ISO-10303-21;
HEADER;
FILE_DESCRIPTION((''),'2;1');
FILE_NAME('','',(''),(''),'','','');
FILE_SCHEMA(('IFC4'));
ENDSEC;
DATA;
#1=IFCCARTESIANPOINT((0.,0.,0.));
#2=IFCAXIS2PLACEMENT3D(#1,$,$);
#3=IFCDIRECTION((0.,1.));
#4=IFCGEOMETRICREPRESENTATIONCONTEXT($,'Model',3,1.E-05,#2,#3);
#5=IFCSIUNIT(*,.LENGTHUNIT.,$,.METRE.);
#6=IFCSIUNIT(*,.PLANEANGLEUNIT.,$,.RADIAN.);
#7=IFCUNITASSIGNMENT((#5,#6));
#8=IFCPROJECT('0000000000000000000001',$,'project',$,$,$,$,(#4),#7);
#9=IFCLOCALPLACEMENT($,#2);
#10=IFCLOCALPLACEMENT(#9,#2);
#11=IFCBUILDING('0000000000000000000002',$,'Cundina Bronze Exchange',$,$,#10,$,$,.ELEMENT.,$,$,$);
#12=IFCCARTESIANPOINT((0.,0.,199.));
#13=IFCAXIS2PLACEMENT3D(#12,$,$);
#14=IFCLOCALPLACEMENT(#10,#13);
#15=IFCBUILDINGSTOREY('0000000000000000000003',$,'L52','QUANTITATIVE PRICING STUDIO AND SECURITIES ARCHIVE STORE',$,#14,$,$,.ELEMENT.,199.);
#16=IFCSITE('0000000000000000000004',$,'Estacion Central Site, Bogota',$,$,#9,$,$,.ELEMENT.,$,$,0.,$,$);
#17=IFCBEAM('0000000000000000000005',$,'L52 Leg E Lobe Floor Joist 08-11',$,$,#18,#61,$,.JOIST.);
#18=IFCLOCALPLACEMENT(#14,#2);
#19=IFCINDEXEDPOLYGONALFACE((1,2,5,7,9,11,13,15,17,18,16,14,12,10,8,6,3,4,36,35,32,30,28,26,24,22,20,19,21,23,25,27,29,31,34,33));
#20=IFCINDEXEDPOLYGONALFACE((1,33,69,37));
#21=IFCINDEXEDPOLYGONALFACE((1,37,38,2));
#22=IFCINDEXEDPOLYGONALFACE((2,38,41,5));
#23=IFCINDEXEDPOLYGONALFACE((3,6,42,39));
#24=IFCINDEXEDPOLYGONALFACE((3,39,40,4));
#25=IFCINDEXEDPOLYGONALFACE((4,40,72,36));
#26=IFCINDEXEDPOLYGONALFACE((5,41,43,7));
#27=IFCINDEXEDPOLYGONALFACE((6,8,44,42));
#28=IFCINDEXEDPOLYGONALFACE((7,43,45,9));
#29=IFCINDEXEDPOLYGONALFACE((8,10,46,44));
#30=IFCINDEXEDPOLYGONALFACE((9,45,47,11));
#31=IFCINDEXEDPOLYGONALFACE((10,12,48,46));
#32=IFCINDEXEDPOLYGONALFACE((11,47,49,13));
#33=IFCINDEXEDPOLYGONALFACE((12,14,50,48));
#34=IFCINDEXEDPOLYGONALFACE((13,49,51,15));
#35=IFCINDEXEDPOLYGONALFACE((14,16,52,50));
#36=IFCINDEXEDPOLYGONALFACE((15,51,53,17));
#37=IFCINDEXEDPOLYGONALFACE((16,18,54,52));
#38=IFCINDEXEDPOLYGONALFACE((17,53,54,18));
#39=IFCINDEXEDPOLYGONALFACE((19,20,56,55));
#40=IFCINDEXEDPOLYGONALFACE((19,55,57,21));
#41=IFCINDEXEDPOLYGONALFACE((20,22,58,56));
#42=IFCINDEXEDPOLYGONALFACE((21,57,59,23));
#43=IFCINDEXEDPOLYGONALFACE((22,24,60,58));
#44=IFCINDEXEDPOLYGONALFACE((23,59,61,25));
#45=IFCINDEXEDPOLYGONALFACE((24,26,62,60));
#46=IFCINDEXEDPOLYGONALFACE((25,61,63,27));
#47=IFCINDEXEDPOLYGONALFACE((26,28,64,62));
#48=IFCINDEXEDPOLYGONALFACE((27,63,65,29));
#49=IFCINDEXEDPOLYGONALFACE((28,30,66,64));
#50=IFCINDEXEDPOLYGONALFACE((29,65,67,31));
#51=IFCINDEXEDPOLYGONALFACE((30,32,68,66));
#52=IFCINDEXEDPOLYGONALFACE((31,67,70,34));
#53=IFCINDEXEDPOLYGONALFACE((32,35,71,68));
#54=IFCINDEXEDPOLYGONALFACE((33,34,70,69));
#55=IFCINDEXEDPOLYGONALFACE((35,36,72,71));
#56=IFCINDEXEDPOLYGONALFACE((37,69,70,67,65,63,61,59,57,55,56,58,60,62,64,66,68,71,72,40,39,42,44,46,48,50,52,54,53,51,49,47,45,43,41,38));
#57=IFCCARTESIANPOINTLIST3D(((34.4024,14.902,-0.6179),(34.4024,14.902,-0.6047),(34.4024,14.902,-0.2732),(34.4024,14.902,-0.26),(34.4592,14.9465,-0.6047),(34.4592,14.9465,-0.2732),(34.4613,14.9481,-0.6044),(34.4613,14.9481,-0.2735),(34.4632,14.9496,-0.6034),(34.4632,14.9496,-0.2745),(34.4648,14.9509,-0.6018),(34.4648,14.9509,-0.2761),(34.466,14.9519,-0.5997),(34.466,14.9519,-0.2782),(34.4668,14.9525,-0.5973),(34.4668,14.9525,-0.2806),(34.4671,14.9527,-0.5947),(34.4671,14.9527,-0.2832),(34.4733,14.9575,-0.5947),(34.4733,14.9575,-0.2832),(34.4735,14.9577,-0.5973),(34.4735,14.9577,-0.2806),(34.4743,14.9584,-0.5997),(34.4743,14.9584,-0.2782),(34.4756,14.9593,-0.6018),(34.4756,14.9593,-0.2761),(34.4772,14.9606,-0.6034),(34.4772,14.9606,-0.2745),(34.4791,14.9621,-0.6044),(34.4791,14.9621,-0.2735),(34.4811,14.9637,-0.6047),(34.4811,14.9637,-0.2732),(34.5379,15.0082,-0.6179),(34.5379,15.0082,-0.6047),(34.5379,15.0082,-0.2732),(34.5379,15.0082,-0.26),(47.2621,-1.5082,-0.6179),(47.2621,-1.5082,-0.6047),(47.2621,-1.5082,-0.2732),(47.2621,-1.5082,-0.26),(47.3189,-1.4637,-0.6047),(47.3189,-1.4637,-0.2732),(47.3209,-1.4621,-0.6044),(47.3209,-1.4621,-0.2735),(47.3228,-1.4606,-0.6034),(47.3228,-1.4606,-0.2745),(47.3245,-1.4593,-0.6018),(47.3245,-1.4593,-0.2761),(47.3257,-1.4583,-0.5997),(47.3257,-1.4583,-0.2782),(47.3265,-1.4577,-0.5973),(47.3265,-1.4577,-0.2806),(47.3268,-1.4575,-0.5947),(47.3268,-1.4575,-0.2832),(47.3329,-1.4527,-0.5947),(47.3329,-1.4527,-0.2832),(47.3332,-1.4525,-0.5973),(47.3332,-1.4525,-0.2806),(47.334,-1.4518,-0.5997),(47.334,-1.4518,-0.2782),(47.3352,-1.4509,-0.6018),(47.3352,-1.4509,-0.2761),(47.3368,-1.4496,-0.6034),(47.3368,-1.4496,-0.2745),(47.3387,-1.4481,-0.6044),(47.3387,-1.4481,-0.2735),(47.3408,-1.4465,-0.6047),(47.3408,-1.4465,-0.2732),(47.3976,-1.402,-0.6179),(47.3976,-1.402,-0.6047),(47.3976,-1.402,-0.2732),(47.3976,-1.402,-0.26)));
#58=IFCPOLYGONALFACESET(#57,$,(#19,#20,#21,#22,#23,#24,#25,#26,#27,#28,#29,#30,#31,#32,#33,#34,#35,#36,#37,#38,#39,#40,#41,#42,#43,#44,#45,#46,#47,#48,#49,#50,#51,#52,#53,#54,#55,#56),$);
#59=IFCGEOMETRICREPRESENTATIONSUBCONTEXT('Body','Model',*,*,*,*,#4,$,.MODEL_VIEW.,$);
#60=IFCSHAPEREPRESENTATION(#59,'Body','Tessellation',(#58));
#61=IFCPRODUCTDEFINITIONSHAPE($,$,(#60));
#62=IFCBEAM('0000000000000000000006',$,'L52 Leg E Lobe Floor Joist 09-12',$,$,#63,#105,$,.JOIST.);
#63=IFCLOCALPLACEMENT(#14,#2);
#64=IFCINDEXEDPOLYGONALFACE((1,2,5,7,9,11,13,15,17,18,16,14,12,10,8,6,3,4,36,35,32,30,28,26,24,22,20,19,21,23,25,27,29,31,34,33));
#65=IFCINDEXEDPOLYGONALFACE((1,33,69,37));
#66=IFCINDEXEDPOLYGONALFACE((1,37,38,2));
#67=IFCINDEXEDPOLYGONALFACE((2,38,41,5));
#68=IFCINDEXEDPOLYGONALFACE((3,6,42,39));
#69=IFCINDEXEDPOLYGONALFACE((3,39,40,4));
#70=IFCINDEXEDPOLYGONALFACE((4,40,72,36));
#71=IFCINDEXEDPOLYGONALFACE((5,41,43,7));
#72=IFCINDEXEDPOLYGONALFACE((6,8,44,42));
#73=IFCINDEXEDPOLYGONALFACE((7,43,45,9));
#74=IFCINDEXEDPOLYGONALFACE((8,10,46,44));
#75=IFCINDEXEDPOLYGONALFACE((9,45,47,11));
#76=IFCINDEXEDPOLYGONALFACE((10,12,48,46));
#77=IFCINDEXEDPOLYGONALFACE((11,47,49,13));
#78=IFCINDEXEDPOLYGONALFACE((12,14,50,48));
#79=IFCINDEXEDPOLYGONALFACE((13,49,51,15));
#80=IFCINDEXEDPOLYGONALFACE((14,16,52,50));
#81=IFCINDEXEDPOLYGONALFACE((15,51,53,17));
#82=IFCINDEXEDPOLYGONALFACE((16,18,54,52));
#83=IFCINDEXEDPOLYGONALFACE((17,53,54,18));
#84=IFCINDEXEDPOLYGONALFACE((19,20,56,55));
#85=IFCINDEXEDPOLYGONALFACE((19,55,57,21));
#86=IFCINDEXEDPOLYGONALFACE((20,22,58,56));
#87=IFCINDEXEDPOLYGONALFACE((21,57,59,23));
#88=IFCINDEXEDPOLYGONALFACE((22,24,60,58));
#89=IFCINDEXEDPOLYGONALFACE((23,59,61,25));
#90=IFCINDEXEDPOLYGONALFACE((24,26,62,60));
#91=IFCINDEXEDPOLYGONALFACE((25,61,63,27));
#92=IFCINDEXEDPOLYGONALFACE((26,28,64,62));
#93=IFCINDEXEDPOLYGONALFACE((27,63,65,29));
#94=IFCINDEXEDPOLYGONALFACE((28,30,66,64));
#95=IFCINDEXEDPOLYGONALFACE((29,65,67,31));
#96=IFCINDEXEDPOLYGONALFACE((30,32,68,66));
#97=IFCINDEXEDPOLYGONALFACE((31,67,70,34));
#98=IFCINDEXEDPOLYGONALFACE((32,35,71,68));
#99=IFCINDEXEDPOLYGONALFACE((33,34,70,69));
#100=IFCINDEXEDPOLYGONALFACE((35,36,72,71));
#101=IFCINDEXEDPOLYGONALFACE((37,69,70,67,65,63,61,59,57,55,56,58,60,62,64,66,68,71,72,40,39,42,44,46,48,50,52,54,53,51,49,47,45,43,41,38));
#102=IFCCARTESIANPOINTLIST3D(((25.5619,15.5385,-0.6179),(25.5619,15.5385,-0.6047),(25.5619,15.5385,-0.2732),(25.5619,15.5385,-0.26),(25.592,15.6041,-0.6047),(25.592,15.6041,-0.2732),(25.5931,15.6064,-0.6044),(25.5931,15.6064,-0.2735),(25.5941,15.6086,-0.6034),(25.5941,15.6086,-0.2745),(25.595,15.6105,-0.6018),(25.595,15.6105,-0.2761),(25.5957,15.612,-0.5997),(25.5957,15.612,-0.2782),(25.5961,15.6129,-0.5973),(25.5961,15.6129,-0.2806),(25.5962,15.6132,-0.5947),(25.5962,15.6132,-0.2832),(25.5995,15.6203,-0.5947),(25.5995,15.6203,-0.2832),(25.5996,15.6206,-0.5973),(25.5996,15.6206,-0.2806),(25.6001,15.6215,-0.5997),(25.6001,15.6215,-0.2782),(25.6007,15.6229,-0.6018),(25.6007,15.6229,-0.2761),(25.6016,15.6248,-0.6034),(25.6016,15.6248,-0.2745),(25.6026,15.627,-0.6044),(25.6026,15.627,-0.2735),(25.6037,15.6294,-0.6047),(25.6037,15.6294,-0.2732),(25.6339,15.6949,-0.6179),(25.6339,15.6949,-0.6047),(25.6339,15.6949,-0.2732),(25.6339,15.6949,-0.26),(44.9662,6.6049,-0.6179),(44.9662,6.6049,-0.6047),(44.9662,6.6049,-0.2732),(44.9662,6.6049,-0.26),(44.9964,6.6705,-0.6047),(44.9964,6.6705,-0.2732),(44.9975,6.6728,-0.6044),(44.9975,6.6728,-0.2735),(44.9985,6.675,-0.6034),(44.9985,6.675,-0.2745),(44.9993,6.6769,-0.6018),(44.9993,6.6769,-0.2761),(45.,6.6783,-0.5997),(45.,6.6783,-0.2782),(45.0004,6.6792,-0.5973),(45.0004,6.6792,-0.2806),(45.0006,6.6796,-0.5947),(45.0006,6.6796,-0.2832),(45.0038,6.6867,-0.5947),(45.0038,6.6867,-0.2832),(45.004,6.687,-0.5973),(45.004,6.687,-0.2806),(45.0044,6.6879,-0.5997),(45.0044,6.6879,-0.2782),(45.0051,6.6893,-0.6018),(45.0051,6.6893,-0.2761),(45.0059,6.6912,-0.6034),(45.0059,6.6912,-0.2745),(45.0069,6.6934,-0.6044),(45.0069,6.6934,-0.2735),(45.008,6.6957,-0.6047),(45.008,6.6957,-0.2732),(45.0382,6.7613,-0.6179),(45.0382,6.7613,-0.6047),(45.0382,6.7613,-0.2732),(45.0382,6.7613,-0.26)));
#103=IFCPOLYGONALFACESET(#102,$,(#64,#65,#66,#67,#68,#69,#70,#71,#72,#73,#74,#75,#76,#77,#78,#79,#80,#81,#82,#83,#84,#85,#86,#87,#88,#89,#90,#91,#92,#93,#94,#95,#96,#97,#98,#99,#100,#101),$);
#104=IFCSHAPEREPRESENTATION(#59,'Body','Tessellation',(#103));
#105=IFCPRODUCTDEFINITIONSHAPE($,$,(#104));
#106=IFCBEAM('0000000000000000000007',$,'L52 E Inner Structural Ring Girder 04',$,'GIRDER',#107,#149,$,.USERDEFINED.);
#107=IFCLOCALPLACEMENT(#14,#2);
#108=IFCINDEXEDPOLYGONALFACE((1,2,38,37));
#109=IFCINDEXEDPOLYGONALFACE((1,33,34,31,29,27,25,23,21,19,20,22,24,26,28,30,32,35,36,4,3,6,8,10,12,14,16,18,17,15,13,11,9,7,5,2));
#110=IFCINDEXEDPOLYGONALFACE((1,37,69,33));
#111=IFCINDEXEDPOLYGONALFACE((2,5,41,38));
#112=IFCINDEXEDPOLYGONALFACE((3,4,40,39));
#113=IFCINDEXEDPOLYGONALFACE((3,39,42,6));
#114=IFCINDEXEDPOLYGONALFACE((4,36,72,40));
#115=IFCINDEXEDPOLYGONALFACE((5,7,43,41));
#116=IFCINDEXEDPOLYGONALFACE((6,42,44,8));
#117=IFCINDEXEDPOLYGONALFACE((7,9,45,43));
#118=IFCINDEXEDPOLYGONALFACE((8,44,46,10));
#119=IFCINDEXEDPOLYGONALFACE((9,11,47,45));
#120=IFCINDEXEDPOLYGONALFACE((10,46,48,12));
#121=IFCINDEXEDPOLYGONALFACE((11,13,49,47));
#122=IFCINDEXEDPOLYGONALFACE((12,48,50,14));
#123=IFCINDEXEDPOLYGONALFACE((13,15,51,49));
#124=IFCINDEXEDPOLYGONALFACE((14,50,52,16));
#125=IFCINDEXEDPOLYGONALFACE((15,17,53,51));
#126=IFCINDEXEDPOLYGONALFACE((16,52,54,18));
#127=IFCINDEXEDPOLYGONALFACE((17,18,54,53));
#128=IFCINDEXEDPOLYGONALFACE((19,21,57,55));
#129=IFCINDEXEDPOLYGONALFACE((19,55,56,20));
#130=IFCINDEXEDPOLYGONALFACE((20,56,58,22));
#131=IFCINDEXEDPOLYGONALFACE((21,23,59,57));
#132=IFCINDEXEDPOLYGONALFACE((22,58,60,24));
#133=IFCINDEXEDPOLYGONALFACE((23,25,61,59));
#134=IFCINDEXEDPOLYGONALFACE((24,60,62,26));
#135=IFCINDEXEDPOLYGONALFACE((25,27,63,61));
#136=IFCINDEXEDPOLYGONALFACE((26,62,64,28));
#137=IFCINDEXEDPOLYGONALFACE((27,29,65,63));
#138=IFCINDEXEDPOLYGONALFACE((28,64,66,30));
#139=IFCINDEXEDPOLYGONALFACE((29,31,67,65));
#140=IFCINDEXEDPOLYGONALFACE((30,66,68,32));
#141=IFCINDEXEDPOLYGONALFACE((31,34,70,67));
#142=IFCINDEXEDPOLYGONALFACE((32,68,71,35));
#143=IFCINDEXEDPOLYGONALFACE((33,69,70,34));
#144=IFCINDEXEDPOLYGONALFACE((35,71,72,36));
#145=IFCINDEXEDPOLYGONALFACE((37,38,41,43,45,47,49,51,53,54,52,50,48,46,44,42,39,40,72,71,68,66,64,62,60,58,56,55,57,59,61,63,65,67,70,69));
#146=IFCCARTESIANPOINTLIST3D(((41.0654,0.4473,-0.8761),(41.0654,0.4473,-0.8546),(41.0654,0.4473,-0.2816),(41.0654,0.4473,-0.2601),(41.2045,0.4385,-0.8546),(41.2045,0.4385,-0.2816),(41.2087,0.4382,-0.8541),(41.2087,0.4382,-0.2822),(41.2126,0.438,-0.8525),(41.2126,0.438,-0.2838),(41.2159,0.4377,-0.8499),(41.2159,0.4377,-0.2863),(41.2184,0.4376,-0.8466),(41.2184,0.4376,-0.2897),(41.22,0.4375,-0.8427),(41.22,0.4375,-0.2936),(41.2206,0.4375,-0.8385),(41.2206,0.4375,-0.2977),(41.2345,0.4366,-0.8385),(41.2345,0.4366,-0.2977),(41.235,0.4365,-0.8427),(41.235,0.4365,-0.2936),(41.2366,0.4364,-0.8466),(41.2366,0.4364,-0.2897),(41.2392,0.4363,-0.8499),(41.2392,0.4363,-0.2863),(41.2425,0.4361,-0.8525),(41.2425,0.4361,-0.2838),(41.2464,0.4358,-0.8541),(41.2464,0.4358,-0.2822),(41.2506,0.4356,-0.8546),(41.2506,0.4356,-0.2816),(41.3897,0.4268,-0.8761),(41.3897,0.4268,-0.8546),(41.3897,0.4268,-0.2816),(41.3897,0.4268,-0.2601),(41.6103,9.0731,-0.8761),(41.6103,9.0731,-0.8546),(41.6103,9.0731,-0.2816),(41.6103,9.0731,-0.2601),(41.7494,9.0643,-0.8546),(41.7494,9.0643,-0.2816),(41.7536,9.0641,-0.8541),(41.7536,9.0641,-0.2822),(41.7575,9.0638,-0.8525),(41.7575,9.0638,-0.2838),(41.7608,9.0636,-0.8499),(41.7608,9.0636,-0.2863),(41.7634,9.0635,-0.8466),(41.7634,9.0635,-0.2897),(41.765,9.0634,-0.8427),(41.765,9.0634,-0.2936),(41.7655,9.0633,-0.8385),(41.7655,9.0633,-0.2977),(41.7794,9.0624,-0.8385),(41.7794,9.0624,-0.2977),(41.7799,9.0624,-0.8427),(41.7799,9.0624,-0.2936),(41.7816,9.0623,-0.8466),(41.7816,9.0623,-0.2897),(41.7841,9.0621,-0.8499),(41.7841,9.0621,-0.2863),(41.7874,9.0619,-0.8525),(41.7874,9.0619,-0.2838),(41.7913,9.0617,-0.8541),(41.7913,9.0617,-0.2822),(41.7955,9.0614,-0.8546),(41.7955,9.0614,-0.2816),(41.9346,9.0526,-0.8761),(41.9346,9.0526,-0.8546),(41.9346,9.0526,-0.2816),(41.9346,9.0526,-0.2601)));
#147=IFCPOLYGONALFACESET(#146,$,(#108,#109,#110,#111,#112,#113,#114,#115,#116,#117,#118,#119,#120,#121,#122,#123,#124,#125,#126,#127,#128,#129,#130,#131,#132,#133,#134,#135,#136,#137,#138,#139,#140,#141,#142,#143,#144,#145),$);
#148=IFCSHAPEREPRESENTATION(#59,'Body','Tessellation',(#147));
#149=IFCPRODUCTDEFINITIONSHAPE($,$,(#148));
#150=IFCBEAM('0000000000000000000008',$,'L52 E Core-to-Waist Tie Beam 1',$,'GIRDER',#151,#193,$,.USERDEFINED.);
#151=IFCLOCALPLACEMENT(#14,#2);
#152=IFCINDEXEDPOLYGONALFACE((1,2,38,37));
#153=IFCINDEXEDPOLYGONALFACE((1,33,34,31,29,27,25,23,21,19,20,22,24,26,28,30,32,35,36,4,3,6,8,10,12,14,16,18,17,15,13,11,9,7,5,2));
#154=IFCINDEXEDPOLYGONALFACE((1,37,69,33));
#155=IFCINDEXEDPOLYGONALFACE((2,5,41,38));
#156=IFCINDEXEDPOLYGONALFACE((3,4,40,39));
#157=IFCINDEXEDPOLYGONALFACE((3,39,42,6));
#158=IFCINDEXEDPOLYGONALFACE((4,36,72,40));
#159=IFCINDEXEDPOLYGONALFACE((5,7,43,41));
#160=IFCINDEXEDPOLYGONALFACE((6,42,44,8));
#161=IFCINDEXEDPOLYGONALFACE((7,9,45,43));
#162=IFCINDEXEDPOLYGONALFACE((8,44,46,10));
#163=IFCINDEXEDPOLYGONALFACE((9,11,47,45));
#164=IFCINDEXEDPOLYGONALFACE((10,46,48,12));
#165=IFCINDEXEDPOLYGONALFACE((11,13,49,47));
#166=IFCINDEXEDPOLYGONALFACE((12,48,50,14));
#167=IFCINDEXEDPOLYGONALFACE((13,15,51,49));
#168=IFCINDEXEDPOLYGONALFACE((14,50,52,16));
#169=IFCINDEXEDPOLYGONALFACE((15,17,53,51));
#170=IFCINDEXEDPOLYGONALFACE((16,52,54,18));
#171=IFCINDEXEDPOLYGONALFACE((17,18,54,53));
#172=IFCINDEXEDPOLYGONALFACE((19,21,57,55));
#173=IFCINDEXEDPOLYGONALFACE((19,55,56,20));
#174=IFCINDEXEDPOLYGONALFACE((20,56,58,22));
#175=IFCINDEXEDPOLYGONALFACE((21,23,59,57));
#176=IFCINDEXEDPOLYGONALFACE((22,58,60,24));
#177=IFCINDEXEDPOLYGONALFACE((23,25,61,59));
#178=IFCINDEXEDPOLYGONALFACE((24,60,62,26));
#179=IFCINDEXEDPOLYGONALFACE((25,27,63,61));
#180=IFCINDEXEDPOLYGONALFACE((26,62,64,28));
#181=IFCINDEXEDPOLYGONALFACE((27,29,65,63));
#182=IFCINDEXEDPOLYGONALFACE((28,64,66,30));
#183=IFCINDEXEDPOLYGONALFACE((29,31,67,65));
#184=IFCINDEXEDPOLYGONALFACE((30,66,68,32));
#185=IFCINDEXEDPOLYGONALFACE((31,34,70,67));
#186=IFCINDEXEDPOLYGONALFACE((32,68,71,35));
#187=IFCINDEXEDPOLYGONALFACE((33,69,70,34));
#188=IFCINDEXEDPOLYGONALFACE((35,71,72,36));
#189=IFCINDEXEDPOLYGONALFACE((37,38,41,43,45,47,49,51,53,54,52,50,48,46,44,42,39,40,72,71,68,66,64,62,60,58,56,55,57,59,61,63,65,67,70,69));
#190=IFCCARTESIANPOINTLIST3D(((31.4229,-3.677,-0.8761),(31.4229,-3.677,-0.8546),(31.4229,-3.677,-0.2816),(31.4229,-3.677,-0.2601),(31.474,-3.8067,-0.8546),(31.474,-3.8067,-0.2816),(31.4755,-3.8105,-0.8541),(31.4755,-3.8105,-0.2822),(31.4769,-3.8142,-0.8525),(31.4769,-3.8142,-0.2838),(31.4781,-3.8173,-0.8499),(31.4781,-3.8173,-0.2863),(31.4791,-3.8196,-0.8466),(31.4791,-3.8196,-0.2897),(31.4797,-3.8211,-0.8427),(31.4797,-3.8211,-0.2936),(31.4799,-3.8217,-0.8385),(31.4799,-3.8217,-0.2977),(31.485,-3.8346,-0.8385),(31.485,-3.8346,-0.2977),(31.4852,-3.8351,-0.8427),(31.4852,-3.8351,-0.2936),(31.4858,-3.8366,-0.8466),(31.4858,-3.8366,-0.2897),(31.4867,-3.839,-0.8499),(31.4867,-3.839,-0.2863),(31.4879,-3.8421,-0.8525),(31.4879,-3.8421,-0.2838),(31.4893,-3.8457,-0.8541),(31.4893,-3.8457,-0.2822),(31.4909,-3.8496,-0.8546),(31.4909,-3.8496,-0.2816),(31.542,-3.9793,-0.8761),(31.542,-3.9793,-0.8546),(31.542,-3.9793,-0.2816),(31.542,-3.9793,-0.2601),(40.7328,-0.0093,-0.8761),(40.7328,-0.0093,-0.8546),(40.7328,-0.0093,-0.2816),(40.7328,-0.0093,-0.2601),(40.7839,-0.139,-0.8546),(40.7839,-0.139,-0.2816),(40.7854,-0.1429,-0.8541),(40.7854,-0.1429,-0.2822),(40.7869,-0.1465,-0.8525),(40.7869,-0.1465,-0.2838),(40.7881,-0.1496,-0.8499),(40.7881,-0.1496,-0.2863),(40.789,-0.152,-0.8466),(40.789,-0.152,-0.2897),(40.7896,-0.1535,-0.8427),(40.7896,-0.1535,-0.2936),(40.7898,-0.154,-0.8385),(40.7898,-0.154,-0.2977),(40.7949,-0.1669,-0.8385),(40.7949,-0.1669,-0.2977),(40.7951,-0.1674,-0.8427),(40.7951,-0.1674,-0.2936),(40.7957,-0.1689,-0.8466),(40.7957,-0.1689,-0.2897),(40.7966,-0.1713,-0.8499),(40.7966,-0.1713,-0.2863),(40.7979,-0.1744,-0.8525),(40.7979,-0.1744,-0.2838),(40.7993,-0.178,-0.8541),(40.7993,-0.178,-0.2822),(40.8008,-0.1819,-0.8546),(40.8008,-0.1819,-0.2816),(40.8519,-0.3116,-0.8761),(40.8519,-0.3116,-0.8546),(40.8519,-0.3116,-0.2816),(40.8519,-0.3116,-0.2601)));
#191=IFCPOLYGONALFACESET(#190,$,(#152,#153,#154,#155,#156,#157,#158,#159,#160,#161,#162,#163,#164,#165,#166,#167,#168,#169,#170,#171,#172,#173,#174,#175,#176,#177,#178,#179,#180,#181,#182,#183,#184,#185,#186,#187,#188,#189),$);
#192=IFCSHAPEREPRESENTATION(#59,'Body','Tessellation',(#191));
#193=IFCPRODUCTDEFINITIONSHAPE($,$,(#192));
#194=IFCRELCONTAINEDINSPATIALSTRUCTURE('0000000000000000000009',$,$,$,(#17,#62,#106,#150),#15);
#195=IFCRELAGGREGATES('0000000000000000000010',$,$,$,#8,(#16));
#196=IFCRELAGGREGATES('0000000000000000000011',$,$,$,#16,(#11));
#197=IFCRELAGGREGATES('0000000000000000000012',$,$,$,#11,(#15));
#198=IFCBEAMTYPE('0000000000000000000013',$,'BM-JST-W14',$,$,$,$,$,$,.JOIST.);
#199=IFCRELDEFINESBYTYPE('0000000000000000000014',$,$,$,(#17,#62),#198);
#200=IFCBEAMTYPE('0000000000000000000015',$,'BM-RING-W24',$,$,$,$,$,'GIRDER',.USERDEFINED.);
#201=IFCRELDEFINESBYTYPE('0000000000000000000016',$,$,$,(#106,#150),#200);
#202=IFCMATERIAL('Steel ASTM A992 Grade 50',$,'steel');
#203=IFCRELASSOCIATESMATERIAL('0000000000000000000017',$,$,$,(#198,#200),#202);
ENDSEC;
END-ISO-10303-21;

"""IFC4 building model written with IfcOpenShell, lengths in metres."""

from ifc_helpers import new_model, si_unit, direction, frame, origin, origin_2d, place, context, subcontext, project, spatial, i_section, extrude, material, material_profile, profile_set, type_object, element, save


model = new_model("IFC4")

# Units and contexts
model_context = context("Model", 3, precision=1e-05, world=origin(), true_north=direction((0.0, 1.0)))
body_context = subcontext(model_context, "Body", "Model", "MODEL_VIEW")
ifc_project = project(units=[si_unit("LENGTHUNIT", "METRE"), si_unit("PLANEANGLEUNIT", "RADIAN")], contexts=[model_context])

# Site, building, storey
site_placement = place(None, origin())
site = spatial("IfcSite", under=ifc_project, at=site_placement, Name="Estacion Central Site, Bogota", CompositionType="ELEMENT", RefElevation=0.0)
building_placement = place(site_placement, origin())
building = spatial("IfcBuilding", under=site, at=building_placement, Name="Cundina Bronze Exchange", CompositionType="ELEMENT")
storey_placement = place(building_placement, frame((0.0, 0.0, 199.0)))
storey = spatial("IfcBuildingStorey", under=building, at=storey_placement, Name="L52", Description="QUANTITATIVE PRICING STUDIO AND SECURITIES ARCHIVE STORE", CompositionType="ELEMENT", Elevation=199.0)

# Shared definitions
ifc_material_1 = material(Name="Steel ASTM A992 Grade 50", Category="steel")

# Beams
ifc_material_profile_1 = material_profile(ifc_material_1, i_section(OverallWidth=0.1721, OverallDepth=0.3579, WebThickness=0.0078, FlangeThickness=0.0132, FilletRadius=0.01, at=origin_2d()), Name="W14X38", Category="steel")
ifc_profile_set_1 = profile_set([ifc_material_profile_1], Name="Steel ASTM A992 Grade 50")
beam_type_1 = type_object("IfcBeamType", Name="BM-JST-W14", PredefinedType="JOIST", material=ifc_profile_set_1)
beam_1_placement = place(storey_placement, frame((47.3298, -1.4551, -0.439), z_axis=(-0.61681, 0.787112, 0.0), x_axis=(-0.787112, -0.61681, 0.0)))
element("IfcBeam", 1, at=beam_1_placement, inside=storey, type_object=beam_type_1, Name="L52 Leg E Lobe Floor Joist 08-11", PredefinedType="JOIST", context=body_context, shape_type="SweptSolid", body=[
    extrude(i_section(OverallWidth=0.1721, OverallDepth=0.3579, WebThickness=0.0078, FlangeThickness=0.0132, FilletRadius=0.01, at=origin_2d()), origin(), (0.0, 0.0, 1.0), 20.8486),
])
beam_2_placement = place(storey_placement, frame((45.0022, 6.6831, -0.439), z_axis=(-0.908355, 0.4182, 0.0), x_axis=(-0.4182, -0.908355, 0.0)))
element("IfcBeam", 2, at=beam_2_placement, inside=storey, type_object=beam_type_1, Name="L52 Leg E Lobe Floor Joist 09-12", PredefinedType="JOIST", context=body_context, shape_type="SweptSolid", body=[
    extrude(i_section(OverallWidth=0.1721, OverallDepth=0.3579, WebThickness=0.0078, FlangeThickness=0.0132, FilletRadius=0.01, at=origin_2d()), origin(), (0.0, 0.0, 1.0), 21.3621),
])
ifc_material_profile_2 = material_profile(ifc_material_1, i_section(OverallWidth=0.325, OverallDepth=0.616, WebThickness=0.0139, FlangeThickness=0.0215, FilletRadius=0.0161, at=origin_2d()), Name="W24X117", Category="steel")
ifc_profile_set_2 = profile_set([ifc_material_profile_2], Name="Steel ASTM A992 Grade 50")
beam_type_2 = type_object("IfcBeamType", Name="BM-RING-W24", ElementType="GIRDER", PredefinedType="USERDEFINED", material=ifc_profile_set_2)
beam_3_placement = place(storey_placement, frame((41.2275, 0.437, -0.5681), z_axis=(0.063047, 0.998011, 0.0), x_axis=(-0.998011, 0.063047, 0.0)))
element("IfcBeam", 3, at=beam_3_placement, inside=storey, type_object=beam_type_2, Name="L52 E Inner Structural Ring Girder 04", ObjectType="GIRDER", PredefinedType="USERDEFINED", context=body_context, shape_type="SweptSolid", body=[
    extrude(i_section(OverallWidth=0.325, OverallDepth=0.616, WebThickness=0.0139, FlangeThickness=0.0215, FilletRadius=0.0161, at=origin_2d()), origin(), (0.0, 0.0, 1.0), 8.6431),
])
beam_4_placement = place(storey_placement, frame((31.4824, -3.8281, -0.5681), z_axis=(0.930404, 0.366535, 0.0), x_axis=(-0.366535, 0.930404, 0.0)))
element("IfcBeam", 4, at=beam_4_placement, inside=storey, type_object=beam_type_2, Name="L52 E Core-to-Waist Tie Beam 1", ObjectType="GIRDER", PredefinedType="USERDEFINED", context=body_context, shape_type="SweptSolid", body=[
    extrude(i_section(OverallWidth=0.325, OverallDepth=0.616, WebThickness=0.0139, FlangeThickness=0.0215, FilletRadius=0.0161, at=origin_2d()), origin(), (0.0, 0.0, 1.0), 10.0063),
])

save(model, "model.ifc")
